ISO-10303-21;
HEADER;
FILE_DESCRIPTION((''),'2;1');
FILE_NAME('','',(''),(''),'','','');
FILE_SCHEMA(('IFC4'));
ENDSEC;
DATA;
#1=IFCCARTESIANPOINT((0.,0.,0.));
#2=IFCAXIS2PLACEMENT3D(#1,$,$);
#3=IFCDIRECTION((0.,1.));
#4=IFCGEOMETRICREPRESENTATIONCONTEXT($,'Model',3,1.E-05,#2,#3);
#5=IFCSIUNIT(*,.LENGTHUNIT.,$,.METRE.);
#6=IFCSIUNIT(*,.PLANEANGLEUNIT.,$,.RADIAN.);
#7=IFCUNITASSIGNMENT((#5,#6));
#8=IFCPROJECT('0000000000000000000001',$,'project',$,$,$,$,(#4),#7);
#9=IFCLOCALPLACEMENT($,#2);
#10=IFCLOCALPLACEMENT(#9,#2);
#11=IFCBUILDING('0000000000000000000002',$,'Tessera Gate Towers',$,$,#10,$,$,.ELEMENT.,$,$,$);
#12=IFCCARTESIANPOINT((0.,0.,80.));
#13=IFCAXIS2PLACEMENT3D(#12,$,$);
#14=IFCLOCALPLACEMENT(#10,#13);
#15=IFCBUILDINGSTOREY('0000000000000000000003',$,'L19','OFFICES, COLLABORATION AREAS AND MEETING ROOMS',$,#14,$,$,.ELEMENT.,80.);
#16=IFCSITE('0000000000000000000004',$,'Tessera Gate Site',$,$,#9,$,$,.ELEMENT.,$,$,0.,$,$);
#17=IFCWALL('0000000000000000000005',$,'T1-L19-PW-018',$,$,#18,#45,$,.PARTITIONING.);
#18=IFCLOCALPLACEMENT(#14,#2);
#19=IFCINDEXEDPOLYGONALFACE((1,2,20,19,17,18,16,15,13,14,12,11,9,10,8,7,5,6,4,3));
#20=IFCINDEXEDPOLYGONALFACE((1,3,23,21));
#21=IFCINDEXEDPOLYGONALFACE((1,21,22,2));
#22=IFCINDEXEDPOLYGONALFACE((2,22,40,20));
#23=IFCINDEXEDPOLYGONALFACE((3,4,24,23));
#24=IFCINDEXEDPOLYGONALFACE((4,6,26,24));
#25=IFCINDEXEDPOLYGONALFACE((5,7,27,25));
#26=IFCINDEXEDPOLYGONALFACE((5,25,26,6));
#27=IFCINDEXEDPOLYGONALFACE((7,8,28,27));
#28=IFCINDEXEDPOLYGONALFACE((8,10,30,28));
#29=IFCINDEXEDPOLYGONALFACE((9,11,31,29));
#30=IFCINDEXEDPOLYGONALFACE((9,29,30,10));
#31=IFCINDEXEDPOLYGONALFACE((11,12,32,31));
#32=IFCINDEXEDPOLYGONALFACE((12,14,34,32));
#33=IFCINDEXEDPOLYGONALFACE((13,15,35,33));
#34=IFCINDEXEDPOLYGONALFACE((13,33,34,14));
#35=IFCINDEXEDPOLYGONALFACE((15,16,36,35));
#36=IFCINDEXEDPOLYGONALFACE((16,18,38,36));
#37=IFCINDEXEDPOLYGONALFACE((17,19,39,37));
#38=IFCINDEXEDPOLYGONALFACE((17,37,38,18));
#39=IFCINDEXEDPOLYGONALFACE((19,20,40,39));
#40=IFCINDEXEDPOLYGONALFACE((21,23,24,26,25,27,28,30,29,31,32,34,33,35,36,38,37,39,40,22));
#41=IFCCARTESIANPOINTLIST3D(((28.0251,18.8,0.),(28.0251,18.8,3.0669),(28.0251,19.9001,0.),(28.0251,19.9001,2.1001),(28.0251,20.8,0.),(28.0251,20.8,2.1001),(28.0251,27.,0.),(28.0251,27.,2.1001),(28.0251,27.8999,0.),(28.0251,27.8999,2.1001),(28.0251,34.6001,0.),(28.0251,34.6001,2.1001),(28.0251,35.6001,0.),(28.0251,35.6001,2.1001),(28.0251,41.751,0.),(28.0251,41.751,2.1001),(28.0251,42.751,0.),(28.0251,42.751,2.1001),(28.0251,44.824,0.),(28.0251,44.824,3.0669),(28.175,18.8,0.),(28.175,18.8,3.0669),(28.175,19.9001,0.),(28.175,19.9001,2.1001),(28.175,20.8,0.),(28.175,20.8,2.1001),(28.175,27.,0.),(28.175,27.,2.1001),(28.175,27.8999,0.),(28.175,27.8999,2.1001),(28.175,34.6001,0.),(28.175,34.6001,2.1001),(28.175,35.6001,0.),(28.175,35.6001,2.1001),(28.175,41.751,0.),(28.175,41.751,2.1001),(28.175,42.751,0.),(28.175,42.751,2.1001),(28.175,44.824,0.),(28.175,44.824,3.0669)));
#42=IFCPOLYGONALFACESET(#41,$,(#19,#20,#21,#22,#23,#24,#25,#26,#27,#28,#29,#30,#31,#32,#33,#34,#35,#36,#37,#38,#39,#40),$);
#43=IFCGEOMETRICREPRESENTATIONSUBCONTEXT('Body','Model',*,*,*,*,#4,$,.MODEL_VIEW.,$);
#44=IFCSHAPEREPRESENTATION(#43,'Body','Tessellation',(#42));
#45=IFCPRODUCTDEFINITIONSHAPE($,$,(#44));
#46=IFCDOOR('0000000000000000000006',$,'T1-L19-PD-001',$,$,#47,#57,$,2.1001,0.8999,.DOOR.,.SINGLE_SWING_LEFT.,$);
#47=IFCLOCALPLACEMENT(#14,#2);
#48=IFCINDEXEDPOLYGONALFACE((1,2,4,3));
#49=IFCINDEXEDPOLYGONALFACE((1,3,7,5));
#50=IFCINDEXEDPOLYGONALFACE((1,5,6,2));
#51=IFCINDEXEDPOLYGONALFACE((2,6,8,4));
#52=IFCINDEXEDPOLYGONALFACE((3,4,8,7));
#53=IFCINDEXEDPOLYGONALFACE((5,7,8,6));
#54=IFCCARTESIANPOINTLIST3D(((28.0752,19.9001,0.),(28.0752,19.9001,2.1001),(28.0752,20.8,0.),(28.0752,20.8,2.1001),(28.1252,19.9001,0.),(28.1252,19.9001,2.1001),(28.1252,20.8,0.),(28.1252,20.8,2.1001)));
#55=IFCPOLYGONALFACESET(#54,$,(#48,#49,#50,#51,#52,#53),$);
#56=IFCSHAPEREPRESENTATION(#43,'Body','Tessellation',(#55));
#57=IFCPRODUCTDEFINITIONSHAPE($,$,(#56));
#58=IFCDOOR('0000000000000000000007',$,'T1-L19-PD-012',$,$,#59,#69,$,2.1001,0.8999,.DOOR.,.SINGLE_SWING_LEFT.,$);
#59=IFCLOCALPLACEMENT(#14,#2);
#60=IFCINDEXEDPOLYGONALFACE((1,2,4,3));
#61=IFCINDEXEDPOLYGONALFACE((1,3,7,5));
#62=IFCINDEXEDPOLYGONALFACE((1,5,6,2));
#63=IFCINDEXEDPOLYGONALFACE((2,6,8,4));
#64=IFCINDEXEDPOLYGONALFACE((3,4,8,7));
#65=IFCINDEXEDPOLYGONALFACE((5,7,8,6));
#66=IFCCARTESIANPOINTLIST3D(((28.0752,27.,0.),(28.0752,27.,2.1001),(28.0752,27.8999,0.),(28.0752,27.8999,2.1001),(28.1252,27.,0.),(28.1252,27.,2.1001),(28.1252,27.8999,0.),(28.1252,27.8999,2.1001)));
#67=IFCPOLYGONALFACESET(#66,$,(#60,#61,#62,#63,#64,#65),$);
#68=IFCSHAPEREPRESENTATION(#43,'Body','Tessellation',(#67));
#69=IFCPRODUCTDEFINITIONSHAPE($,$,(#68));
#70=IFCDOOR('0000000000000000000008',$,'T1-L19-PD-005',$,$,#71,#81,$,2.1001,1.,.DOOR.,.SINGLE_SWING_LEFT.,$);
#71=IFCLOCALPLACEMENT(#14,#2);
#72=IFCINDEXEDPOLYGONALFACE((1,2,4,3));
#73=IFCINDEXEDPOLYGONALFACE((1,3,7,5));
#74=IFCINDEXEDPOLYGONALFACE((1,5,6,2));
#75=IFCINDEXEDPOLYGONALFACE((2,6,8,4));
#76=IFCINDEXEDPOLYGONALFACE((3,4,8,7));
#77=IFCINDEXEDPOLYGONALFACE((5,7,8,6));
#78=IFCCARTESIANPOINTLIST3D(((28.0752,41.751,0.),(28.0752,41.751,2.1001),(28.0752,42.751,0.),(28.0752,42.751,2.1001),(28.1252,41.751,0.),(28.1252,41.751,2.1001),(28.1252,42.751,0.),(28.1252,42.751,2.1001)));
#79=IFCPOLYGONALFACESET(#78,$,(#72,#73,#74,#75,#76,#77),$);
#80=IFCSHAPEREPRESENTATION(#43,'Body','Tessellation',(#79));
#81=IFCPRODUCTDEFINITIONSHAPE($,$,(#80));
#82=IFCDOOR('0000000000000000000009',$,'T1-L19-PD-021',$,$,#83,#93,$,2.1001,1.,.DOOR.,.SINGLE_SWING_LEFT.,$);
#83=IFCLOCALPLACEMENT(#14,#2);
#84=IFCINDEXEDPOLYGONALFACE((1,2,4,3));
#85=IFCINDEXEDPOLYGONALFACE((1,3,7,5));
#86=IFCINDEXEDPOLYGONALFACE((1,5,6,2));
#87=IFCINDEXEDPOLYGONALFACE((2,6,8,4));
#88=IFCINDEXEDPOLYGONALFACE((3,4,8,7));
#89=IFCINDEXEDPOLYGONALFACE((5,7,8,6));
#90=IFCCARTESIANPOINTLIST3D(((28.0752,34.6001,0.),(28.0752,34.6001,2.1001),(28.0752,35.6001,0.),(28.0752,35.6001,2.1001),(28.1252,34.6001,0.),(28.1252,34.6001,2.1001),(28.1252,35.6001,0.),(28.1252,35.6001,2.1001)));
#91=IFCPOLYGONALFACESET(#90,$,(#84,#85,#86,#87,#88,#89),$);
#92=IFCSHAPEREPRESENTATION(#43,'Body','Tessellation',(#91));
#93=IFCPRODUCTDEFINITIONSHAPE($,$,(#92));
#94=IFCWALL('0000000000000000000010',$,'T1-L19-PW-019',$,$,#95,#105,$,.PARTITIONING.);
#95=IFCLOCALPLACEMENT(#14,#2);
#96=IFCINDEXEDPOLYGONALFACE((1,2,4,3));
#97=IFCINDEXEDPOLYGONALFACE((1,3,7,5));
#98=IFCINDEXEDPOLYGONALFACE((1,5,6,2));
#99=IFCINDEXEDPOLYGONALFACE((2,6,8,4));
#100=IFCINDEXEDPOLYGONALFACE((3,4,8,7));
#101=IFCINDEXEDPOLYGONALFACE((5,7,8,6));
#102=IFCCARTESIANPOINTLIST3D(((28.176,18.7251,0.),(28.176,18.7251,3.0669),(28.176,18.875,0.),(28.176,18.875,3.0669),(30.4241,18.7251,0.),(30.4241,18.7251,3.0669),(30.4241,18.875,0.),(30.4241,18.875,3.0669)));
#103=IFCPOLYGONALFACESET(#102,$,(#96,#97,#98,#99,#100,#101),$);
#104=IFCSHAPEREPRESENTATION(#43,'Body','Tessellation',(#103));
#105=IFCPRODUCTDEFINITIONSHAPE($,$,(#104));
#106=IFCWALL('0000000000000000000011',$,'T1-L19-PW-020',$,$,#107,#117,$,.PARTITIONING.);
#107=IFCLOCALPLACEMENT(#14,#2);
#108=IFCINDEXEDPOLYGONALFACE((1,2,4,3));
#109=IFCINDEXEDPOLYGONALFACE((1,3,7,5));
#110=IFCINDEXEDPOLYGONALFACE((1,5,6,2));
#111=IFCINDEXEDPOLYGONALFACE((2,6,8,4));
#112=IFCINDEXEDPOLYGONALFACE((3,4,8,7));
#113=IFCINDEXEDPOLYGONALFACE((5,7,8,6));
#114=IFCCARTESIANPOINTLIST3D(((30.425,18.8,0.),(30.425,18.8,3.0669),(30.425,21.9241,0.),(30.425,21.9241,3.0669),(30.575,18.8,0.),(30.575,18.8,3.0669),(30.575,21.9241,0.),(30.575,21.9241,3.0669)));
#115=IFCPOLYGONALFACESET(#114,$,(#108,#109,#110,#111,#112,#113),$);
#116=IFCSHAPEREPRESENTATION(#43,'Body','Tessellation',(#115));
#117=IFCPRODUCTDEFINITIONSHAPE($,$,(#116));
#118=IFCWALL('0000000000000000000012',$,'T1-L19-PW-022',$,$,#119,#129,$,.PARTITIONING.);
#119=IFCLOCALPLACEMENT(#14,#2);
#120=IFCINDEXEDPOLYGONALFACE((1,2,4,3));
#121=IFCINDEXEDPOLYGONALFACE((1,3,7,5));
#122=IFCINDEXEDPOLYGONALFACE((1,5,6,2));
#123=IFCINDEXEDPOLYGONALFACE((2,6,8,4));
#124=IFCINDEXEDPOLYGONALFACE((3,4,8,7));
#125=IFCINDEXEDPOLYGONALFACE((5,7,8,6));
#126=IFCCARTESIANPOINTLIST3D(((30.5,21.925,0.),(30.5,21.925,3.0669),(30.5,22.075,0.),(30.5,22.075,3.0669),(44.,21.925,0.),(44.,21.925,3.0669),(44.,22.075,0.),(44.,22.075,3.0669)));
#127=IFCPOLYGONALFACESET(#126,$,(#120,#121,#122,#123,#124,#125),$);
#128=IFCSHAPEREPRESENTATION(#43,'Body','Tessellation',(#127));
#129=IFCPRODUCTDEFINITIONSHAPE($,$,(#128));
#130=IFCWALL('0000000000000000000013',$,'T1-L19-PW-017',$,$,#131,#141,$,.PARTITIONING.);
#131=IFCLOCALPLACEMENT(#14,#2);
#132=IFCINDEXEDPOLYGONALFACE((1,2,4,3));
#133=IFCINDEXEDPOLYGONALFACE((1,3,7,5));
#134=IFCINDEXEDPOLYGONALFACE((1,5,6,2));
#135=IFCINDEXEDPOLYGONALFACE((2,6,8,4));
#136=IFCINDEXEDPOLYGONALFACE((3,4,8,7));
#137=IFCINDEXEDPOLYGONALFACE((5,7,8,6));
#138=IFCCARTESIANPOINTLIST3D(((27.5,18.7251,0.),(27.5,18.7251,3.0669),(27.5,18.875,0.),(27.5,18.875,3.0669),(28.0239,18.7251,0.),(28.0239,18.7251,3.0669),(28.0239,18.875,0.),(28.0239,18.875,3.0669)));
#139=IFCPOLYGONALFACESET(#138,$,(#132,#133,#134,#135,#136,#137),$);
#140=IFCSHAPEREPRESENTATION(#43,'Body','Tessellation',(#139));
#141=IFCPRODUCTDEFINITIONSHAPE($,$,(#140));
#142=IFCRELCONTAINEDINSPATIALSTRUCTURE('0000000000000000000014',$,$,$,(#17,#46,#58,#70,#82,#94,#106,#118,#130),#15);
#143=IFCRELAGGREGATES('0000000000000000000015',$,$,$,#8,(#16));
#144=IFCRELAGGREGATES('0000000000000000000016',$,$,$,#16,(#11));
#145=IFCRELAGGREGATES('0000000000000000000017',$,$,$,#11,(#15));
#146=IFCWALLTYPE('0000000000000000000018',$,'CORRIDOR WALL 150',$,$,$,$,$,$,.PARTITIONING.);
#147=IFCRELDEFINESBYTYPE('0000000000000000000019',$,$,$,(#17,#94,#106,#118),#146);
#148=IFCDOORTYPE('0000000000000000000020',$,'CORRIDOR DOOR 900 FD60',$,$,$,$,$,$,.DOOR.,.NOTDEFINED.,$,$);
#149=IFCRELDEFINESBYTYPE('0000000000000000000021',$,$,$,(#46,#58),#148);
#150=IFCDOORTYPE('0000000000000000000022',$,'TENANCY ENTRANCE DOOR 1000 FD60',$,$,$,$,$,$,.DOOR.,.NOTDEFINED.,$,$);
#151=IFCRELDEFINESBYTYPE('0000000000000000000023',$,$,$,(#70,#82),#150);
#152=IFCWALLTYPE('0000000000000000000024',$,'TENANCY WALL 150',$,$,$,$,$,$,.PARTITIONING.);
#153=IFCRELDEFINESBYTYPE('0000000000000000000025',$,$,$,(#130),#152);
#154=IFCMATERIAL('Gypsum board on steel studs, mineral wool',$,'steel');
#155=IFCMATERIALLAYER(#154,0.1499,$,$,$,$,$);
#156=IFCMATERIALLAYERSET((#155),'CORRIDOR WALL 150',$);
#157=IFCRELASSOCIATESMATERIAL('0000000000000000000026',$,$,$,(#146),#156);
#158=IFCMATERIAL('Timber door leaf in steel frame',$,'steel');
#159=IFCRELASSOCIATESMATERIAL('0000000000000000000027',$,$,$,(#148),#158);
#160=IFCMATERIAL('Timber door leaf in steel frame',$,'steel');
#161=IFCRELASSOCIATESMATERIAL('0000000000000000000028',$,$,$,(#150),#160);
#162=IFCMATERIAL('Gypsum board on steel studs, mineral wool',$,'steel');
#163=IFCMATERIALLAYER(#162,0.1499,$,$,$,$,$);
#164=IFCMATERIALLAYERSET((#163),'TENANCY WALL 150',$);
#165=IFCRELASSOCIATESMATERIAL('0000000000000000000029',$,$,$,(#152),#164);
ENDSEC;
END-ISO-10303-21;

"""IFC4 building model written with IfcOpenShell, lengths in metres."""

from ifc_helpers import new_model, si_unit, direction, frame, frame_2d, origin, place, context, subcontext, project, spatial, rectangle, extrude, source, transform, mapped, material, layer, layer_set, type_object, element, fill, save


model = new_model("IFC4")

# Units and contexts
model_context = context("Model", 3, precision=1e-05, world=origin(), true_north=direction((0.0, 1.0)))
body_context = subcontext(model_context, "Body", "Model", "MODEL_VIEW")
ifc_project = project(units=[si_unit("LENGTHUNIT", "METRE"), si_unit("PLANEANGLEUNIT", "RADIAN")], contexts=[model_context])

# Site, building, storey
site_placement = place(None, origin())
site = spatial("IfcSite", under=ifc_project, at=site_placement, Name="Tessera Gate Site", CompositionType="ELEMENT", RefElevation=0.0)
building_placement = place(site_placement, origin())
building = spatial("IfcBuilding", under=site, at=building_placement, Name="Tessera Gate Towers", CompositionType="ELEMENT")
storey_placement = place(building_placement, frame((0.0, 0.0, 80.0)))
storey = spatial("IfcBuildingStorey", under=building, at=storey_placement, Name="L19", Description="OFFICES, COLLABORATION AREAS AND MEETING ROOMS", CompositionType="ELEMENT", Elevation=80.0)

# Wall, openings, doors
ifc_material_1 = material(Name="Gypsum board on steel studs, mineral wool", Category="steel")
ifc_layer_1 = layer(ifc_material_1, 0.1499)
ifc_layer_set_1 = layer_set([ifc_layer_1], Name="CORRIDOR WALL 150")
wall_type_1 = type_object("IfcWallType", Name="CORRIDOR WALL 150", PredefinedType="PARTITIONING", material=ifc_layer_set_1)
wall_1_placement = place(storey_placement, frame((28.1001, 18.8, 0.0), z_axis=(0.0, 0.0, 1.0), x_axis=(0.0, 1.0, 0.0)))
wall_1 = element("IfcWall", 1, at=wall_1_placement, inside=storey, type_object=wall_type_1, Name="T1-L19-PW-018", PredefinedType="PARTITIONING", context=body_context, shape_type="SweptSolid", body=[
    extrude(rectangle(XDim=26.0239, YDim=0.1499, at=frame_2d((13.012, 0.0))), origin(), (0.0, 0.0, 1.0), 3.0669),
])
shared_shape_1 = source(origin(), body_context, "Body", "SweptSolid", [
    extrude(rectangle(XDim=0.8999, YDim=2.1001, at=frame_2d((0.45, 1.05))), frame((0.0, 0.085, 0.0), z_axis=(0.0, -1.0, 0.0), x_axis=(1.0, 0.0, 0.0)), (0.0, 0.0, 1.0), 0.1699),
])
opening_1_placement = place(wall_1_placement, frame((1.1001, 0.0, 0.0)))
opening_1 = element("IfcOpeningElement", 2, at=opening_1_placement, cuts=wall_1, PredefinedType="OPENING", context=body_context, shape_type="MappedRepresentation", body=[
    mapped(shared_shape_1, transform((0.0, 0.0, 0.0), scale=1.0)),
])
shared_shape_2 = source(origin(), body_context, "Body", "SweptSolid", [
    extrude(rectangle(XDim=1.0, YDim=2.1001, at=frame_2d((0.5, 1.05))), frame((0.0, 0.085, 0.0), z_axis=(0.0, -1.0, 0.0), x_axis=(1.0, 0.0, 0.0)), (0.0, 0.0, 1.0), 0.1699),
])
opening_2_placement = place(wall_1_placement, frame((22.9509, 0.0, 0.0)))
opening_2 = element("IfcOpeningElement", 3, at=opening_2_placement, cuts=wall_1, PredefinedType="OPENING", context=body_context, shape_type="MappedRepresentation", body=[
    mapped(shared_shape_2, transform((0.0, 0.0, 0.0), scale=1.0)),
])
opening_3_placement = place(wall_1_placement, frame((8.2, 0.0, 0.0)))
opening_3 = element("IfcOpeningElement", 4, at=opening_3_placement, cuts=wall_1, PredefinedType="OPENING", context=body_context, shape_type="MappedRepresentation", body=[
    mapped(shared_shape_1, transform((0.0, 0.0, 0.0), scale=1.0)),
])
opening_4_placement = place(wall_1_placement, frame((15.8, 0.0, 0.0)))
opening_4 = element("IfcOpeningElement", 5, at=opening_4_placement, cuts=wall_1, PredefinedType="OPENING", context=body_context, shape_type="MappedRepresentation", body=[
    mapped(shared_shape_2, transform((0.0, 0.0, 0.0), scale=1.0)),
])
ifc_material_2 = material(Name="Timber door leaf in steel frame", Category="steel")
door_type_1 = type_object("IfcDoorType", Name="CORRIDOR DOOR 900 FD60", OperationType="NOTDEFINED", PredefinedType="DOOR", material=ifc_material_2)
shared_shape_3 = source(origin(), body_context, "Body", "SweptSolid", [
    extrude(rectangle(XDim=0.8999, YDim=2.1001, at=frame_2d((0.45, 1.05))), frame((0.0, 0.0249, 0.0), z_axis=(0.0, -1.0, 0.0), x_axis=(1.0, 0.0, 0.0)), (0.0, 0.0, 1.0), 0.05),
])
door_1_placement = place(opening_1_placement, origin())
door_1 = element("IfcDoor", 6, at=door_1_placement, inside=storey, type_object=door_type_1, Name="T1-L19-PD-001", OperationType="SINGLE_SWING_LEFT", OverallHeight=2.1001, OverallWidth=0.8999, PredefinedType="DOOR", context=body_context, shape_type="MappedRepresentation", body=[
    mapped(shared_shape_3, transform((0.0, 0.0, 0.0), scale=1.0)),
])
fill(opening_1, door_1)
door_2_placement = place(opening_3_placement, origin())
door_2 = element("IfcDoor", 7, at=door_2_placement, inside=storey, type_object=door_type_1, Name="T1-L19-PD-012", OperationType="SINGLE_SWING_LEFT", OverallHeight=2.1001, OverallWidth=0.8999, PredefinedType="DOOR", context=body_context, shape_type="MappedRepresentation", body=[
    mapped(shared_shape_3, transform((0.0, 0.0, 0.0), scale=1.0)),
])
fill(opening_3, door_2)
ifc_material_3 = material(Name="Timber door leaf in steel frame", Category="steel")
door_type_2 = type_object("IfcDoorType", Name="TENANCY ENTRANCE DOOR 1000 FD60", OperationType="NOTDEFINED", PredefinedType="DOOR", material=ifc_material_3)
shared_shape_4 = source(origin(), body_context, "Body", "SweptSolid", [
    extrude(rectangle(XDim=1.0, YDim=2.1001, at=frame_2d((0.5, 1.05))), frame((0.0, 0.0249, 0.0), z_axis=(0.0, -1.0, 0.0), x_axis=(1.0, 0.0, 0.0)), (0.0, 0.0, 1.0), 0.05),
])
door_3_placement = place(opening_2_placement, origin())
door_3 = element("IfcDoor", 8, at=door_3_placement, inside=storey, type_object=door_type_2, Name="T1-L19-PD-005", OperationType="SINGLE_SWING_LEFT", OverallHeight=2.1001, OverallWidth=1.0, PredefinedType="DOOR", context=body_context, shape_type="MappedRepresentation", body=[
    mapped(shared_shape_4, transform((0.0, 0.0, 0.0), scale=1.0)),
])
fill(opening_2, door_3)
door_4_placement = place(opening_4_placement, origin())
door_4 = element("IfcDoor", 9, at=door_4_placement, inside=storey, type_object=door_type_2, Name="T1-L19-PD-021", OperationType="SINGLE_SWING_LEFT", OverallHeight=2.1001, OverallWidth=1.0, PredefinedType="DOOR", context=body_context, shape_type="MappedRepresentation", body=[
    mapped(shared_shape_4, transform((0.0, 0.0, 0.0), scale=1.0)),
])
fill(opening_4, door_4)

# Walls
wall_2_placement = place(storey_placement, frame((28.176, 18.8, 0.0), z_axis=(0.0, 0.0, 1.0), x_axis=(1.0, 0.0, 0.0)))
element("IfcWall", 10, at=wall_2_placement, inside=storey, type_object=wall_type_1, Name="T1-L19-PW-019", PredefinedType="PARTITIONING", context=body_context, shape_type="SweptSolid", body=[
    extrude(rectangle(XDim=2.248, YDim=0.1499, at=frame_2d((1.124, 0.0))), origin(), (0.0, 0.0, 1.0), 3.0669),
])
wall_3_placement = place(storey_placement, frame((30.5, 18.8, 0.0), z_axis=(0.0, 0.0, 1.0), x_axis=(0.0, 1.0, 0.0)))
element("IfcWall", 11, at=wall_3_placement, inside=storey, type_object=wall_type_1, Name="T1-L19-PW-020", PredefinedType="PARTITIONING", context=body_context, shape_type="SweptSolid", body=[
    extrude(rectangle(XDim=3.124, YDim=0.1499, at=frame_2d((1.562, 0.0))), origin(), (0.0, 0.0, 1.0), 3.0669),
])
wall_4_placement = place(storey_placement, frame((30.5, 22.0, 0.0), z_axis=(0.0, 0.0, 1.0), x_axis=(1.0, 0.0, 0.0)))
element("IfcWall", 12, at=wall_4_placement, inside=storey, type_object=wall_type_1, Name="T1-L19-PW-022", PredefinedType="PARTITIONING", context=body_context, shape_type="SweptSolid", body=[
    extrude(rectangle(XDim=13.5, YDim=0.1499, at=frame_2d((6.75, 0.0))), origin(), (0.0, 0.0, 1.0), 3.0669),
])
ifc_material_4 = material(Name="Gypsum board on steel studs, mineral wool", Category="steel")
ifc_layer_2 = layer(ifc_material_4, 0.1499)
ifc_layer_set_2 = layer_set([ifc_layer_2], Name="TENANCY WALL 150")
wall_type_2 = type_object("IfcWallType", Name="TENANCY WALL 150", PredefinedType="PARTITIONING", material=ifc_layer_set_2)
wall_5_placement = place(storey_placement, frame((27.5, 18.8, 0.0), z_axis=(0.0, 0.0, 1.0), x_axis=(1.0, 0.0, 0.0)))
element("IfcWall", 13, at=wall_5_placement, inside=storey, type_object=wall_type_2, Name="T1-L19-PW-017", PredefinedType="PARTITIONING", context=body_context, shape_type="SweptSolid", body=[
    extrude(rectangle(XDim=0.5239, YDim=0.1499, at=frame_2d((0.262, 0.0))), origin(), (0.0, 0.0, 1.0), 3.0669),
])

save(model, "model.ifc")
